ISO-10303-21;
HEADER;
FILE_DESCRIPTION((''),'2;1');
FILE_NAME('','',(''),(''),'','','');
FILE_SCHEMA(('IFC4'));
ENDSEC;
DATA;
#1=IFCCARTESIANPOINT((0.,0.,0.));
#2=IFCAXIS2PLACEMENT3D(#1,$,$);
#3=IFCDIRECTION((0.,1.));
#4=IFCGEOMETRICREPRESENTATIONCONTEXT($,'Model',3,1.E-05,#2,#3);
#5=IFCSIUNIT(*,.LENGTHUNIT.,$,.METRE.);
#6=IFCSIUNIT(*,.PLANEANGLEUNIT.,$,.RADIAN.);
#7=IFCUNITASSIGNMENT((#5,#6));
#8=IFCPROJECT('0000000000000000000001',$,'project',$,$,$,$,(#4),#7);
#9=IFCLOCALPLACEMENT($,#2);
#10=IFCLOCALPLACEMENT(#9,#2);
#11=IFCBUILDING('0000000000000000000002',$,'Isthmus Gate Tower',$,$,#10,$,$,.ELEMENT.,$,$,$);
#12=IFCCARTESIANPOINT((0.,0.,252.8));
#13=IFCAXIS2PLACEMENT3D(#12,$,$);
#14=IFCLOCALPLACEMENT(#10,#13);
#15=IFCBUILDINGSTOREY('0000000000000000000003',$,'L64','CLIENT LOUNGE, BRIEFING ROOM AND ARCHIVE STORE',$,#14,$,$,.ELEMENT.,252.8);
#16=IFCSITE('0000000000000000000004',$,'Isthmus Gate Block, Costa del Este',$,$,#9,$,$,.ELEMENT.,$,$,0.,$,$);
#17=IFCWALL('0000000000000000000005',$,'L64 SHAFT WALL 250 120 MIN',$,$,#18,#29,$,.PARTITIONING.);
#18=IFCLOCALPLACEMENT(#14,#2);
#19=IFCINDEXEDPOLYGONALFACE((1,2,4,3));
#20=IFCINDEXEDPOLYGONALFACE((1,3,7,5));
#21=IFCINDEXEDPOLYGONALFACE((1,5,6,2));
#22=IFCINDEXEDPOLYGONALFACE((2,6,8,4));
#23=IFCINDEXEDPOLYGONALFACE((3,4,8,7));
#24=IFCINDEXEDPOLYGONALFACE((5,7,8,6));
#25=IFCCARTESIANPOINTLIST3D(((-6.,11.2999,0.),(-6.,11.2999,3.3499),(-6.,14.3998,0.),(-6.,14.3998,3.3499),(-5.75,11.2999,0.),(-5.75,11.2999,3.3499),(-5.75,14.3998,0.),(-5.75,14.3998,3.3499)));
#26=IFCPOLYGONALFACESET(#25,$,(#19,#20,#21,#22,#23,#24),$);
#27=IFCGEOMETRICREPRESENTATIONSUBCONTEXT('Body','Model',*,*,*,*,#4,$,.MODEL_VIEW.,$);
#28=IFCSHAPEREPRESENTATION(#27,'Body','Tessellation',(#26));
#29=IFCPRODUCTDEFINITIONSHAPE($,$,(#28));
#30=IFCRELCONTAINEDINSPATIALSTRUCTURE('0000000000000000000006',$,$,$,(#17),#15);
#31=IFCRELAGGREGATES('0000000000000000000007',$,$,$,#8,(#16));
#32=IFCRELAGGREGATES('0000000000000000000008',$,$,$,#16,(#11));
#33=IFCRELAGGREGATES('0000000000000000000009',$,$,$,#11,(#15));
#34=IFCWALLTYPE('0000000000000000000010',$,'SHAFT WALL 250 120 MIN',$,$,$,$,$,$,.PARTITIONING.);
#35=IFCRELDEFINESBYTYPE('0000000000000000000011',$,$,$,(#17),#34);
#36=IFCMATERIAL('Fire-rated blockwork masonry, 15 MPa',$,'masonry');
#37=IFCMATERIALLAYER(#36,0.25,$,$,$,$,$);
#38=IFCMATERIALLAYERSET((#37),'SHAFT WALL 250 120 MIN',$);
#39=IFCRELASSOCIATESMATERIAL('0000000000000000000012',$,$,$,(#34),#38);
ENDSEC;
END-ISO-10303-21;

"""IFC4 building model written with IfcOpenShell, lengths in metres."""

from ifc_helpers import new_model, si_unit, direction, frame, frame_2d, origin, place, context, subcontext, project, spatial, rectangle, extrude, material, layer, layer_set, type_object, element, save


model = new_model("IFC4")

# Units and contexts
model_context = context("Model", 3, precision=1e-05, world=origin(), true_north=direction((0.0, 1.0)))
body_context = subcontext(model_context, "Body", "Model", "MODEL_VIEW")
ifc_project = project(units=[si_unit("LENGTHUNIT", "METRE"), si_unit("PLANEANGLEUNIT", "RADIAN")], contexts=[model_context])

# Site, building, storey
site_placement = place(None, origin())
site = spatial("IfcSite", under=ifc_project, at=site_placement, Name="Isthmus Gate Block, Costa del Este", CompositionType="ELEMENT", RefElevation=0.0)
building_placement = place(site_placement, origin())
building = spatial("IfcBuilding", under=site, at=building_placement, Name="Isthmus Gate Tower", CompositionType="ELEMENT")
storey_placement = place(building_placement, frame((0.0, 0.0, 252.8)))
storey = spatial("IfcBuildingStorey", under=building, at=storey_placement, Name="L64", Description="CLIENT LOUNGE, BRIEFING ROOM AND ARCHIVE STORE", CompositionType="ELEMENT", Elevation=252.8)

# Wall
ifc_material_1 = material(Name="Fire-rated blockwork masonry, 15 MPa", Category="masonry")
ifc_layer_1 = layer(ifc_material_1, 0.25)
ifc_layer_set_1 = layer_set([ifc_layer_1], Name="SHAFT WALL 250 120 MIN")
wall_type_1 = type_object("IfcWallType", Name="SHAFT WALL 250 120 MIN", PredefinedType="PARTITIONING", material=ifc_layer_set_1)
for number, where, z_axis, x_axis, name in (
    (1, (-5.875, 11.3, 0.0), (0.0, 0.0, 1.0), (0.0, 1.0, 0.0), "L64 SHAFT WALL 250 120 MIN"),
):
    element("IfcWall", number, at=place(storey_placement, frame(where, z_axis=z_axis, x_axis=x_axis)), inside=storey, type_object=wall_type_1, Name=name, PredefinedType="PARTITIONING", context=body_context, shape_type="SweptSolid", body=[
        extrude(rectangle(XDim=3.0999, YDim=0.25, at=frame_2d((1.5498, 0.0))), origin(), (0.0, 0.0, 1.0), 3.3499),
    ])

save(model, "model.ifc")
